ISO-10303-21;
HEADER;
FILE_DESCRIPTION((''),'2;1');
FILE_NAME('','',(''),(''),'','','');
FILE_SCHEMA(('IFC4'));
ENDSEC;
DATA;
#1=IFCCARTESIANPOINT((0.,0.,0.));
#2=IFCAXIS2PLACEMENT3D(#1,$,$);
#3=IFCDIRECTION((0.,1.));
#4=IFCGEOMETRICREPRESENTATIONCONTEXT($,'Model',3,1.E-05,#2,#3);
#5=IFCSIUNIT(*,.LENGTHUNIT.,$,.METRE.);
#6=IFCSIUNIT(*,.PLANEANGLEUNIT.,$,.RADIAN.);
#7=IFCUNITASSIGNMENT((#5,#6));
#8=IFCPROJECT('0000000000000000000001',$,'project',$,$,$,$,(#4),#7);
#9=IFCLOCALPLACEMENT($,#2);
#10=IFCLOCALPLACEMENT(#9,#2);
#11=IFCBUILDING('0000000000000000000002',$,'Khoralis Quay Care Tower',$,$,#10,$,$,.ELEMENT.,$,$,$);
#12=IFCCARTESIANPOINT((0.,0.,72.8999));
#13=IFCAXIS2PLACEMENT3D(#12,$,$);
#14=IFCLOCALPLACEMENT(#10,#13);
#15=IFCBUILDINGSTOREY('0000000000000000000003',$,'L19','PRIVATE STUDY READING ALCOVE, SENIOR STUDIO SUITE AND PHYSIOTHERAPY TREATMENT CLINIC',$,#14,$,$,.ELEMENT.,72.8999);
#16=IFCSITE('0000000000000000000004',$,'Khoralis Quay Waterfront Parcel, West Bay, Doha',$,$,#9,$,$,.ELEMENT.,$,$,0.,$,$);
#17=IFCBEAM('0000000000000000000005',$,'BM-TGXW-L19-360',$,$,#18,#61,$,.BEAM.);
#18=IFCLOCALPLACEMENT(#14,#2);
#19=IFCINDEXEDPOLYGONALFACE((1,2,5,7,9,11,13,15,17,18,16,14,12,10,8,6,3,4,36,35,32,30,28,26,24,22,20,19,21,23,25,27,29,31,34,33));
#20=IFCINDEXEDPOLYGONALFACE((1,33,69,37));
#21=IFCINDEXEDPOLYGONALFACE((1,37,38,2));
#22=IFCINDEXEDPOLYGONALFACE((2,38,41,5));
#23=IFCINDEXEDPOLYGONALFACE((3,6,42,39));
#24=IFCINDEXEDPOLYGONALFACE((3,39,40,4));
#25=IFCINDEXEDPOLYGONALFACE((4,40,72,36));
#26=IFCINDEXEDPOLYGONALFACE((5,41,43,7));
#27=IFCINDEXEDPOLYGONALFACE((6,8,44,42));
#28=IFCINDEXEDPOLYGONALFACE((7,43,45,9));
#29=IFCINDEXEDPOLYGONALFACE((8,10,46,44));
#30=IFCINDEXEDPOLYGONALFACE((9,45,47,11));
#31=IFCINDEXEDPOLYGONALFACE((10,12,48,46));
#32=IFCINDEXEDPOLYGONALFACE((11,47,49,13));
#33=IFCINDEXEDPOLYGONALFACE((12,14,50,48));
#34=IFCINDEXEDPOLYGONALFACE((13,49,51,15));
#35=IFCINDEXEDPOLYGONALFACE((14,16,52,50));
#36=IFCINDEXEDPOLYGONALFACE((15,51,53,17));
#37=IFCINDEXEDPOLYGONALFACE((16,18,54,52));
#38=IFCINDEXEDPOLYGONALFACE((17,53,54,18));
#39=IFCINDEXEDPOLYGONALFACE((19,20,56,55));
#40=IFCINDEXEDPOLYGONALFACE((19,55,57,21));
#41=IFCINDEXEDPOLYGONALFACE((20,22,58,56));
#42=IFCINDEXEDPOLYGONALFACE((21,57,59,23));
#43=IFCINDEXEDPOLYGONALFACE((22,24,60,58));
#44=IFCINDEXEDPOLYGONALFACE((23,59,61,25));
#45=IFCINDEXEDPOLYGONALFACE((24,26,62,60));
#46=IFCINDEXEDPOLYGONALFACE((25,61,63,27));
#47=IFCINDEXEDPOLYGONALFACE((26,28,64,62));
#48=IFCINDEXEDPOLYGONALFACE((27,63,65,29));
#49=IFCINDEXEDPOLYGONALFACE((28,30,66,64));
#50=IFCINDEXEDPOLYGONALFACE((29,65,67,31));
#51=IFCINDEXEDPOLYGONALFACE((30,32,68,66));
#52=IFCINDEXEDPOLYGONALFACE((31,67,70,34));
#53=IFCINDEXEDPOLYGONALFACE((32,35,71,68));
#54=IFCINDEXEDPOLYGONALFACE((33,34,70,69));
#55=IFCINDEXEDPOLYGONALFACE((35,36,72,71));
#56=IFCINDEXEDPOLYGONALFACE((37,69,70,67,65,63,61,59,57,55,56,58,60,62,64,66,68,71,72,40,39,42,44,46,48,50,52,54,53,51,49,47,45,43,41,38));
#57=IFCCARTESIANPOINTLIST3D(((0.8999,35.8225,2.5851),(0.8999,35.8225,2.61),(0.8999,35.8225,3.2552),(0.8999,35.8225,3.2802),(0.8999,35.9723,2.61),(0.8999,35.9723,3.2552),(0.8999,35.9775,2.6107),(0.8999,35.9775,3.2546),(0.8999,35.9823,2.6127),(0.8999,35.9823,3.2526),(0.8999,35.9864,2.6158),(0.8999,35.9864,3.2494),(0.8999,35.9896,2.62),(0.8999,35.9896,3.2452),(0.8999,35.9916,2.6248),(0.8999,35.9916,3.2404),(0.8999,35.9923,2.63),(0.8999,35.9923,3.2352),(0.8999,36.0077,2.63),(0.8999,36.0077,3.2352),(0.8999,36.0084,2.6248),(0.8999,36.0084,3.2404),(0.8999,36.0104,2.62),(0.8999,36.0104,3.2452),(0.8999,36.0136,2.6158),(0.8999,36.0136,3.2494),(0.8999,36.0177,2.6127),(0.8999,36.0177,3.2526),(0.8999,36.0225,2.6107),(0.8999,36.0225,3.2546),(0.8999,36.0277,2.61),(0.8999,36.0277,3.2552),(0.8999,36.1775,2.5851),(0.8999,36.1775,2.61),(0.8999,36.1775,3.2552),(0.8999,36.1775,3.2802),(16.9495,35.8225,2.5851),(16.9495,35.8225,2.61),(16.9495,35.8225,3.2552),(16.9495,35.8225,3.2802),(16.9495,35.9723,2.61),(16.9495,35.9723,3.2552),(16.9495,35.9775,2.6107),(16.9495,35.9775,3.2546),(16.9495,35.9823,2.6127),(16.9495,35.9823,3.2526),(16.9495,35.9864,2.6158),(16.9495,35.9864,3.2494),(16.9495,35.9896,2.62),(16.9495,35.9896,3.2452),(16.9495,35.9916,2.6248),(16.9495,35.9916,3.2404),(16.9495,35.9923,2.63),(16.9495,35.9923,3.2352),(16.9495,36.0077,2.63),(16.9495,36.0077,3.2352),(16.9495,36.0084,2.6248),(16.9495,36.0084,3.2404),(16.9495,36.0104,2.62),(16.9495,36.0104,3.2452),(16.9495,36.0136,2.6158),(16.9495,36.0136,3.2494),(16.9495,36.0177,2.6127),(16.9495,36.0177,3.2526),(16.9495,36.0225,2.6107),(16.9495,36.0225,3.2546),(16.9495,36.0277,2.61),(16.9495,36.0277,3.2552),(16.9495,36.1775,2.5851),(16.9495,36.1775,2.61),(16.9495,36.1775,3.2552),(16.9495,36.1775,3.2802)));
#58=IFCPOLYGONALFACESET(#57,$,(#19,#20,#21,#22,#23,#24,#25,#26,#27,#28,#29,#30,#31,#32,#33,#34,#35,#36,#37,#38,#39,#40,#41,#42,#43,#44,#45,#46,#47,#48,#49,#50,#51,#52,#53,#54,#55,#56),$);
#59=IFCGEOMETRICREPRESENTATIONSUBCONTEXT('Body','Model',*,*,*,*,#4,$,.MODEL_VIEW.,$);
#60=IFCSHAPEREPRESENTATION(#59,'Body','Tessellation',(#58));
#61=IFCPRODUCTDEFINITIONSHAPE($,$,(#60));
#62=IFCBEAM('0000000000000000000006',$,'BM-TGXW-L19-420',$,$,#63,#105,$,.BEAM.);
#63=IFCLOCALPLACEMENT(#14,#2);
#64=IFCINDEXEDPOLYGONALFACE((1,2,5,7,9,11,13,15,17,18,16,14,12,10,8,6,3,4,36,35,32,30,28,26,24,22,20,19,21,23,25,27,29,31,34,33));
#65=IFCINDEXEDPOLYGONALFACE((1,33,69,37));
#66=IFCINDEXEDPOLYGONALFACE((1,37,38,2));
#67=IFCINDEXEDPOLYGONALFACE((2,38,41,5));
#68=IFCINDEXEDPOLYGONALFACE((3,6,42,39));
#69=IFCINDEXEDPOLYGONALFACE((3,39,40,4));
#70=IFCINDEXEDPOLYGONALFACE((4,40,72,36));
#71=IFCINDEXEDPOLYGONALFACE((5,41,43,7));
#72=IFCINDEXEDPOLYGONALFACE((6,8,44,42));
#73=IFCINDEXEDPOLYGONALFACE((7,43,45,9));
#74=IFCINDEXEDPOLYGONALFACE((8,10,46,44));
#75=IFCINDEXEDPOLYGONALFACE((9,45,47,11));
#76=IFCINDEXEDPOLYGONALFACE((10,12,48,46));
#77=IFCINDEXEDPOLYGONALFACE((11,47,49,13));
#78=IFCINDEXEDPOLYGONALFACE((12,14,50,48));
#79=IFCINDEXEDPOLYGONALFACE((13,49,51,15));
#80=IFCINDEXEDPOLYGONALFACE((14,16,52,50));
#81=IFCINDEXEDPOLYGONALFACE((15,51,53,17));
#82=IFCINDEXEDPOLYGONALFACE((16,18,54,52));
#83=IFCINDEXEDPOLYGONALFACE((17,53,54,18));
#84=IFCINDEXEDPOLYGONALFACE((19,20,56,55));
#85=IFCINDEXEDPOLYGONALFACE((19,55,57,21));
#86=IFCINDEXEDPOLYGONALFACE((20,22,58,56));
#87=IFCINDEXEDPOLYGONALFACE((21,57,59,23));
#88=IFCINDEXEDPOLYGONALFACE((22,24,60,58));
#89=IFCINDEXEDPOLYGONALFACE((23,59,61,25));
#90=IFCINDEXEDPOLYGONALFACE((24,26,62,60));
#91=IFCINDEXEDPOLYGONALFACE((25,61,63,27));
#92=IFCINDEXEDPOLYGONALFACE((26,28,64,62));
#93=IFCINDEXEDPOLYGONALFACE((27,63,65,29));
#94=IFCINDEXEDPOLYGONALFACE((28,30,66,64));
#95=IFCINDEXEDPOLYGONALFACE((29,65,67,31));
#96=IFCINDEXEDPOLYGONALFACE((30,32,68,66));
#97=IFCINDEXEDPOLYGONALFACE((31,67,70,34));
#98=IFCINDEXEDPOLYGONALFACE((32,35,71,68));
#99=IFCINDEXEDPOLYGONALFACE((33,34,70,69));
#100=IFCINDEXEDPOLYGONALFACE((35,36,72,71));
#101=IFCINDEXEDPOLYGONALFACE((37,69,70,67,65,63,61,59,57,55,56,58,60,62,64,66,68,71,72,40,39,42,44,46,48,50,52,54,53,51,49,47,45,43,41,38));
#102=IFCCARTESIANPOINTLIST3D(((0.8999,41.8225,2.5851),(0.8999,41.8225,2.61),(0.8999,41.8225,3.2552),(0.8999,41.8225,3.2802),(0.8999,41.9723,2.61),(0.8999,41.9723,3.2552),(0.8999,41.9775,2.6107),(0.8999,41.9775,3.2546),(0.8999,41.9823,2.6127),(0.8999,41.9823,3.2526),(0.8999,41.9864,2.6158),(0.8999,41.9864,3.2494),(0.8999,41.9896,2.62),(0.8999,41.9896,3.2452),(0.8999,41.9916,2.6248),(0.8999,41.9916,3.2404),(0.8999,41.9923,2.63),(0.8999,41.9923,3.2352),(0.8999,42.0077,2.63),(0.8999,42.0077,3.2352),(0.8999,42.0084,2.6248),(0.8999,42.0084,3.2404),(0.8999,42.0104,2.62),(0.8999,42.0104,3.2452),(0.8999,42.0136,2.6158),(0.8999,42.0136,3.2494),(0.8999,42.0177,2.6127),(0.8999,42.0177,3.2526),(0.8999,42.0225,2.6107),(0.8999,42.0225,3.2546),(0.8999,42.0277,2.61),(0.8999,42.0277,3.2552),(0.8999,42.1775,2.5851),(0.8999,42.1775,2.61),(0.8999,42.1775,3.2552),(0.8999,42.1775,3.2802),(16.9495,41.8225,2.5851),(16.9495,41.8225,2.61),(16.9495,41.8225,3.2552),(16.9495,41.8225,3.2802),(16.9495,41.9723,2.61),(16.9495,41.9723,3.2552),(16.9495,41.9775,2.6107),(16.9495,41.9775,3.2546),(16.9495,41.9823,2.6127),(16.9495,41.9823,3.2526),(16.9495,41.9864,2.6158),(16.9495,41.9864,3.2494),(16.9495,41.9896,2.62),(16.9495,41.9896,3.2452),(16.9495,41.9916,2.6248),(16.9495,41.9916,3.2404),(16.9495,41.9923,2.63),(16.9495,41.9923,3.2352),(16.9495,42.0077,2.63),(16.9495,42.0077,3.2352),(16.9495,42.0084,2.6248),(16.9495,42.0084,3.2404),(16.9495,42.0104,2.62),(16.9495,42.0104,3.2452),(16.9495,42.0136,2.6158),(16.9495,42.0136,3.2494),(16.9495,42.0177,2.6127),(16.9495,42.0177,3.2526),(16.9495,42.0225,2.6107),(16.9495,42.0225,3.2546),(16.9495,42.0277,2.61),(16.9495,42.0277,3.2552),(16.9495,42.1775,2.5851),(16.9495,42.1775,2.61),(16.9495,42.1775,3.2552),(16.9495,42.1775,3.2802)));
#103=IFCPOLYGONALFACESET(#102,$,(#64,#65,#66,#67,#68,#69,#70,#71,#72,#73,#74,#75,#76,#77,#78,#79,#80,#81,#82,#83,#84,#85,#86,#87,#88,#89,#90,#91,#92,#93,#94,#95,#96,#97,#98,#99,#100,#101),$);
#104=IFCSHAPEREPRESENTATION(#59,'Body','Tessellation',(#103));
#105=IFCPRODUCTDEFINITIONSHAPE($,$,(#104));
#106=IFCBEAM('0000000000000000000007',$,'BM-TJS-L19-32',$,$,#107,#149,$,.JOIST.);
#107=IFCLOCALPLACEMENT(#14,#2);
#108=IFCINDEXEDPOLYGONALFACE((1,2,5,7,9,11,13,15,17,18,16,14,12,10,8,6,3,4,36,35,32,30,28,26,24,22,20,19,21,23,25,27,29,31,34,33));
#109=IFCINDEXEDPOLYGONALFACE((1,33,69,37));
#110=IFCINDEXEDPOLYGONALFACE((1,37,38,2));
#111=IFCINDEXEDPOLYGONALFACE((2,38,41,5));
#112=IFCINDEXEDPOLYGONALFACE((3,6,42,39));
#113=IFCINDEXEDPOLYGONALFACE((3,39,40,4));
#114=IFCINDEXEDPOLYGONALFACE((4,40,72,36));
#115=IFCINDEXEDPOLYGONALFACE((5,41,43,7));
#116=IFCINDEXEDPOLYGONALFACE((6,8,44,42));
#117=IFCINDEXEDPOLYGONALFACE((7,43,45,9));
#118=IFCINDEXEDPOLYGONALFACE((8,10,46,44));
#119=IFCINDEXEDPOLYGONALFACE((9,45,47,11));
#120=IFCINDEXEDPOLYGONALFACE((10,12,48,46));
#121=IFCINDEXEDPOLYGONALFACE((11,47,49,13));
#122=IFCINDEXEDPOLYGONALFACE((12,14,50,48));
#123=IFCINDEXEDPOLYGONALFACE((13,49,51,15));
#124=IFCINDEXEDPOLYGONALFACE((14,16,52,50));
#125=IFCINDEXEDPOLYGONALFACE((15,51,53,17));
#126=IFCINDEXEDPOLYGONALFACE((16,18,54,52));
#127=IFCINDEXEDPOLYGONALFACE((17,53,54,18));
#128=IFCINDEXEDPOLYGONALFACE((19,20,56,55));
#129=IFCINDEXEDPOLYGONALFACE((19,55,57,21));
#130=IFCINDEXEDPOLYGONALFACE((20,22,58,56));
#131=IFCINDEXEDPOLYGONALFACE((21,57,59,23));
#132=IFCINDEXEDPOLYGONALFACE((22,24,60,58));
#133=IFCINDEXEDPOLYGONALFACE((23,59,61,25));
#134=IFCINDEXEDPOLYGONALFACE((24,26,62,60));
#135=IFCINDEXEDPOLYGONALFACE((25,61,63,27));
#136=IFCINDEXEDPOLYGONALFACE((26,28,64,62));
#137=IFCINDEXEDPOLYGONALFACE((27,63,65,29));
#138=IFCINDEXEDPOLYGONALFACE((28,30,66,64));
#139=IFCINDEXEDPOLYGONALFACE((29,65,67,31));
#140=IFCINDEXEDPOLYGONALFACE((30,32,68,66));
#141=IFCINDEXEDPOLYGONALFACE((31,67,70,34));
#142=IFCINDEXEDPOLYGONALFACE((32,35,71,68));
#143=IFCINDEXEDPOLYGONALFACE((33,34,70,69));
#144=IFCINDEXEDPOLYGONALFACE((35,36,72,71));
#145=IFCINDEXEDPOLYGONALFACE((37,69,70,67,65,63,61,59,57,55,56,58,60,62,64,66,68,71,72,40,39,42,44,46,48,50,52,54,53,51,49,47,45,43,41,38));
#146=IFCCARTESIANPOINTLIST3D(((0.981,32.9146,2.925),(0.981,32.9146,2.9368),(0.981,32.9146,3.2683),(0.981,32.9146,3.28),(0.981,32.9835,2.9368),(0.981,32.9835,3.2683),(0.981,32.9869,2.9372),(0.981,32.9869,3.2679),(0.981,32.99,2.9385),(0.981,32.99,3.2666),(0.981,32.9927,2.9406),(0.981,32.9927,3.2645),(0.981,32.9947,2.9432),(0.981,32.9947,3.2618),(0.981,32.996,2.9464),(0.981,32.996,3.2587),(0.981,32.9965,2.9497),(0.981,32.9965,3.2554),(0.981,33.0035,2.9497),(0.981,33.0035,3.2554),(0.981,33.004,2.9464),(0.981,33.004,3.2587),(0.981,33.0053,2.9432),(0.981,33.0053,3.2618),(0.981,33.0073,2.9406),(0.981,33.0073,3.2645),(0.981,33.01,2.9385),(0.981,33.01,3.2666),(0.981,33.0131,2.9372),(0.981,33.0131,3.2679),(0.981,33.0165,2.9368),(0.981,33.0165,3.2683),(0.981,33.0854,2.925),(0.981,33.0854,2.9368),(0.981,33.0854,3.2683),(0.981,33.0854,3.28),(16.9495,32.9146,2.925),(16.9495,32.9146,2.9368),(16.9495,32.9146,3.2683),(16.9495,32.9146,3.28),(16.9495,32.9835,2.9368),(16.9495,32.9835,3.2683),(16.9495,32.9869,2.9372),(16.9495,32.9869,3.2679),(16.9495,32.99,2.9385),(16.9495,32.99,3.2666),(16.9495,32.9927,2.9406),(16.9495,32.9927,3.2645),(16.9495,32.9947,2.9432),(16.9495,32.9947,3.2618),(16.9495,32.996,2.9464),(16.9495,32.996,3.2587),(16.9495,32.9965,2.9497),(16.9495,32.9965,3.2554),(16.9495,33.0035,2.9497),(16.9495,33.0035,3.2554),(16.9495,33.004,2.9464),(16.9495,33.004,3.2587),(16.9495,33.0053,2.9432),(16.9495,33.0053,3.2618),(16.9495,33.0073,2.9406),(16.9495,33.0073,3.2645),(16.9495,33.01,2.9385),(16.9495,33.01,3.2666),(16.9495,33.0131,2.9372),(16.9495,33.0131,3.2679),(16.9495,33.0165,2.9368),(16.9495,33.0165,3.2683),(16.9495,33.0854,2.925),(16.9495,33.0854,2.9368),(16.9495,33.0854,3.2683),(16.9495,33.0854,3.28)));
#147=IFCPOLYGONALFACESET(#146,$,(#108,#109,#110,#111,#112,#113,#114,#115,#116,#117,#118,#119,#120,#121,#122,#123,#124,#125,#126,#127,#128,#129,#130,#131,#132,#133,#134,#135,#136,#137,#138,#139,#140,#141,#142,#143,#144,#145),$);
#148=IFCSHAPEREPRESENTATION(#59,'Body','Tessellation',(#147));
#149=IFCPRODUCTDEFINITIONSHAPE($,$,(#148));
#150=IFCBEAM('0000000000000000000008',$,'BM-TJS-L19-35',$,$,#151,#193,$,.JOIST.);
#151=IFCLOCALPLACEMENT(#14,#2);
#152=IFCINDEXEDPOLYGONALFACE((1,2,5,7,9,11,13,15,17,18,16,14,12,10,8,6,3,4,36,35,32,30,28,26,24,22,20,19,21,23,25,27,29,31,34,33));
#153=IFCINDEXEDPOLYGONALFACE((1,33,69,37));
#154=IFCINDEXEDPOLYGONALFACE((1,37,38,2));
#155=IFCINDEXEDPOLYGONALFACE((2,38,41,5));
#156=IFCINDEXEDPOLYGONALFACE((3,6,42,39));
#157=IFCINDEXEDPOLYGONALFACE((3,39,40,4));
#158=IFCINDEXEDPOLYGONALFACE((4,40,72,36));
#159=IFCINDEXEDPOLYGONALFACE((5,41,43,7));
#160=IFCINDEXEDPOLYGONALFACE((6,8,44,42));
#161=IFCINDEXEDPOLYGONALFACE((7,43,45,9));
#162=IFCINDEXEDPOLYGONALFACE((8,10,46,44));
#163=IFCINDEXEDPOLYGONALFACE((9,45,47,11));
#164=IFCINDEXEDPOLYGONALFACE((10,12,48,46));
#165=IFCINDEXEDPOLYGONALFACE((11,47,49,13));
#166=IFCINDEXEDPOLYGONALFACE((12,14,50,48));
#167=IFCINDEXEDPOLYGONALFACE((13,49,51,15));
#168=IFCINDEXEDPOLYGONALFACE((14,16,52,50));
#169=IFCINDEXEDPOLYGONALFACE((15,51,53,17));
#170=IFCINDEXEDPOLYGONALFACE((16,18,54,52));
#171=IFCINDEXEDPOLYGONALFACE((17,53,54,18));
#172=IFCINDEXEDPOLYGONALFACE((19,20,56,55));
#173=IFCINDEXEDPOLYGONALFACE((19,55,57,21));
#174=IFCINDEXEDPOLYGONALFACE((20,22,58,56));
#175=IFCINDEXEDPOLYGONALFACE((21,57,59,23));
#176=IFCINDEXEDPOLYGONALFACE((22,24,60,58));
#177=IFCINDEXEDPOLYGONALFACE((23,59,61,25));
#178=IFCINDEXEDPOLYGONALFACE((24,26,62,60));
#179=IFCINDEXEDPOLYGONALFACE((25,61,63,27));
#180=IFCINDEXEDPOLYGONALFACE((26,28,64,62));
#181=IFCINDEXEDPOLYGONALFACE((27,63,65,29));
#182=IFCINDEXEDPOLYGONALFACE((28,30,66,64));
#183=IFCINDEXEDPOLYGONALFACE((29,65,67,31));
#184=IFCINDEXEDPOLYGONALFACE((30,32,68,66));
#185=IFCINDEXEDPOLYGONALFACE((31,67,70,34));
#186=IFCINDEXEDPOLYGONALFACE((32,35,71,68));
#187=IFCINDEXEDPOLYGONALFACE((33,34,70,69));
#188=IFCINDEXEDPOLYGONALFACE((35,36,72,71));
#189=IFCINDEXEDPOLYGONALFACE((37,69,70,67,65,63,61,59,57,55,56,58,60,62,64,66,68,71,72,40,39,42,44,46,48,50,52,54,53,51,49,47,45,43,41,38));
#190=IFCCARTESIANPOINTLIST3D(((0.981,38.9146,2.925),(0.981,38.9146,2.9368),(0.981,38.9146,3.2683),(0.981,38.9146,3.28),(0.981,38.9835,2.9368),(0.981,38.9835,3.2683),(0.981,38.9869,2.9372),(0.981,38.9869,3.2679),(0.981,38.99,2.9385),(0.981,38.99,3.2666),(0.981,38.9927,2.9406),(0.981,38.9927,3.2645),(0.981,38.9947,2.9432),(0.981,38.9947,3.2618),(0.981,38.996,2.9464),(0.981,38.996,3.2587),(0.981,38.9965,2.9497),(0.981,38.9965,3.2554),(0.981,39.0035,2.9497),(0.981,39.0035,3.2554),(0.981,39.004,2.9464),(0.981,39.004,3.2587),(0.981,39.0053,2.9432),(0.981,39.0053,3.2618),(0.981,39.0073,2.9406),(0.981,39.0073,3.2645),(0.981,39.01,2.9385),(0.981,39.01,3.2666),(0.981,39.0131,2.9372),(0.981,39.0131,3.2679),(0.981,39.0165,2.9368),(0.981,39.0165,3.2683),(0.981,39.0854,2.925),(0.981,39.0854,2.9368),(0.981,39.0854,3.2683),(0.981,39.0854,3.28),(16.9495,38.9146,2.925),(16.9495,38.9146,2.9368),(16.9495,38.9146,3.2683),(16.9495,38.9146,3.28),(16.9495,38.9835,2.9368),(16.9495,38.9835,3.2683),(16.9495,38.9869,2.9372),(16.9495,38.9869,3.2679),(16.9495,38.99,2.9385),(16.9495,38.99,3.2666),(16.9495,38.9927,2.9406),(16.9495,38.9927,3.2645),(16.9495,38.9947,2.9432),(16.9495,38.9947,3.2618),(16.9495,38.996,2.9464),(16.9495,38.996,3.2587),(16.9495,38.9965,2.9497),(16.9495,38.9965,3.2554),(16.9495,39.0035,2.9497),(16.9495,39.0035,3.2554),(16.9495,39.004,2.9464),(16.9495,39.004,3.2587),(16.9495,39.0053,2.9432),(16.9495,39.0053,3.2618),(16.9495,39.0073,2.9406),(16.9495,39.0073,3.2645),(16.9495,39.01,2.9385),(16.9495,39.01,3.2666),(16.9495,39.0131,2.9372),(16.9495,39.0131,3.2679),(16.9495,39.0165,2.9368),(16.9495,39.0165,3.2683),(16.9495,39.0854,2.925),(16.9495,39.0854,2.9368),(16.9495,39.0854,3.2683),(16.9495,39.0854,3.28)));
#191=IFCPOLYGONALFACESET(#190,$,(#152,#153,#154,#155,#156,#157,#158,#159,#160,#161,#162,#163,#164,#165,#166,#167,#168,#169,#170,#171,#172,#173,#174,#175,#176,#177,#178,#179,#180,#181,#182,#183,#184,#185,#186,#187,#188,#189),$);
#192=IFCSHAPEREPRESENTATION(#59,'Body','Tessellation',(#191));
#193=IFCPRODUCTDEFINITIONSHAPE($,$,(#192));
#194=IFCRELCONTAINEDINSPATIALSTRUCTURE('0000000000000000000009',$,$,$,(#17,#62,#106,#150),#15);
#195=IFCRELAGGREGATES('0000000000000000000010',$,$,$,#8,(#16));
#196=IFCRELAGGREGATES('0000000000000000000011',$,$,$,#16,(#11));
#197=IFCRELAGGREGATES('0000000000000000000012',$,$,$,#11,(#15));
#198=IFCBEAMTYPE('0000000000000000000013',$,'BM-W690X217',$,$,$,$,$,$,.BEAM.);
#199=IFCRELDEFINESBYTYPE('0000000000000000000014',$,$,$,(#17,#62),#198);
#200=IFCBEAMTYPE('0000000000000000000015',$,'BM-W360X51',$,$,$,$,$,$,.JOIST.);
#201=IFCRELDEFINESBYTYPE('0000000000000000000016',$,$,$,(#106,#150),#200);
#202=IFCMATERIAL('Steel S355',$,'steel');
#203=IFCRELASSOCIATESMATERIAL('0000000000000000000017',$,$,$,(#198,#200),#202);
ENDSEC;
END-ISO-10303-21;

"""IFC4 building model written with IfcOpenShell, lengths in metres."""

from ifc_helpers import new_model, si_unit, direction, frame, origin, origin_2d, place, context, subcontext, project, spatial, i_section, extrude, source, transform, mapped, material, material_profile, profile_set, type_object, element, save


model = new_model("IFC4")

# Units and contexts
model_context = context("Model", 3, precision=1e-05, world=origin(), true_north=direction((0.0, 1.0)))
body_context = subcontext(model_context, "Body", "Model", "MODEL_VIEW")
ifc_project = project(units=[si_unit("LENGTHUNIT", "METRE"), si_unit("PLANEANGLEUNIT", "RADIAN")], contexts=[model_context])

# Site, building, storey
site_placement = place(None, origin())
site = spatial("IfcSite", under=ifc_project, at=site_placement, Name="Khoralis Quay Waterfront Parcel, West Bay, Doha", CompositionType="ELEMENT", RefElevation=0.0)
building_placement = place(site_placement, origin())
building = spatial("IfcBuilding", under=site, at=building_placement, Name="Khoralis Quay Care Tower", CompositionType="ELEMENT")
storey_placement = place(building_placement, frame((0.0, 0.0, 72.8999)))
storey = spatial("IfcBuildingStorey", under=building, at=storey_placement, Name="L19", Description="PRIVATE STUDY READING ALCOVE, SENIOR STUDIO SUITE AND PHYSIOTHERAPY TREATMENT CLINIC", CompositionType="ELEMENT", Elevation=72.8999)

# Beams
ifc_material_1 = material(Name="Steel S355", Category="steel")
ifc_material_profile_1 = material_profile(ifc_material_1, i_section(OverallWidth=0.355, OverallDepth=0.6951, WebThickness=0.0154, FlangeThickness=0.0249, FilletRadius=0.02, at=origin_2d()), Name="Steel S355")
ifc_profile_set_1 = profile_set([ifc_material_profile_1], Name="Steel S355")
beam_type_1 = type_object("IfcBeamType", Name="BM-W690X217", PredefinedType="BEAM", material=ifc_profile_set_1)
shared_shape_1 = source(origin(), body_context, "Body", "SweptSolid", [
    extrude(i_section(OverallWidth=0.355, OverallDepth=0.6951, WebThickness=0.0154, FlangeThickness=0.0249, FilletRadius=0.02, at=origin_2d()), origin(), (0.0, 0.0, 1.0), 16.0496),
])
for number, where, z_axis, x_axis, name in (
    (1, (0.8999, 36.0, 2.9326), (1.0, 0.0, 0.0), (0.0, 1.0, 0.0), "BM-TGXW-L19-360"),
    (2, (0.8999, 42.0, 2.9326), (1.0, 0.0, 0.0), (0.0, 1.0, 0.0), "BM-TGXW-L19-420"),
):
    element("IfcBeam", number, at=place(storey_placement, frame(where, z_axis=z_axis, x_axis=x_axis)), inside=storey, type_object=beam_type_1, Name=name, PredefinedType="BEAM", context=body_context, shape_type="MappedRepresentation", body=[
        mapped(shared_shape_1, transform((0.0, 0.0, 0.0), scale=1.0)),
    ])
ifc_material_profile_2 = material_profile(ifc_material_1, i_section(OverallWidth=0.1709, OverallDepth=0.355, WebThickness=0.0071, FlangeThickness=0.0117, FilletRadius=0.0129, at=origin_2d()), Name="Steel S355")
ifc_profile_set_2 = profile_set([ifc_material_profile_2], Name="Steel S355")
beam_type_2 = type_object("IfcBeamType", Name="BM-W360X51", PredefinedType="JOIST", material=ifc_profile_set_2)
shared_shape_2 = source(origin(), body_context, "Body", "SweptSolid", [
    extrude(i_section(OverallWidth=0.1709, OverallDepth=0.355, WebThickness=0.0071, FlangeThickness=0.0117, FilletRadius=0.0129, at=origin_2d()), origin(), (0.0, 0.0, 1.0), 15.9685),
])
for number, where, z_axis, x_axis, name in (
    (3, (0.981, 33.0, 3.1025), (1.0, 0.0, 0.0), (0.0, 1.0, 0.0), "BM-TJS-L19-32"),
    (4, (0.981, 39.0, 3.1025), (1.0, 0.0, 0.0), (0.0, 1.0, 0.0), "BM-TJS-L19-35"),
):
    element("IfcBeam", number, at=place(storey_placement, frame(where, z_axis=z_axis, x_axis=x_axis)), inside=storey, type_object=beam_type_2, Name=name, PredefinedType="JOIST", context=body_context, shape_type="MappedRepresentation", body=[
        mapped(shared_shape_2, transform((0.0, 0.0, 0.0), scale=1.0)),
    ])

save(model, "model.ifc")
